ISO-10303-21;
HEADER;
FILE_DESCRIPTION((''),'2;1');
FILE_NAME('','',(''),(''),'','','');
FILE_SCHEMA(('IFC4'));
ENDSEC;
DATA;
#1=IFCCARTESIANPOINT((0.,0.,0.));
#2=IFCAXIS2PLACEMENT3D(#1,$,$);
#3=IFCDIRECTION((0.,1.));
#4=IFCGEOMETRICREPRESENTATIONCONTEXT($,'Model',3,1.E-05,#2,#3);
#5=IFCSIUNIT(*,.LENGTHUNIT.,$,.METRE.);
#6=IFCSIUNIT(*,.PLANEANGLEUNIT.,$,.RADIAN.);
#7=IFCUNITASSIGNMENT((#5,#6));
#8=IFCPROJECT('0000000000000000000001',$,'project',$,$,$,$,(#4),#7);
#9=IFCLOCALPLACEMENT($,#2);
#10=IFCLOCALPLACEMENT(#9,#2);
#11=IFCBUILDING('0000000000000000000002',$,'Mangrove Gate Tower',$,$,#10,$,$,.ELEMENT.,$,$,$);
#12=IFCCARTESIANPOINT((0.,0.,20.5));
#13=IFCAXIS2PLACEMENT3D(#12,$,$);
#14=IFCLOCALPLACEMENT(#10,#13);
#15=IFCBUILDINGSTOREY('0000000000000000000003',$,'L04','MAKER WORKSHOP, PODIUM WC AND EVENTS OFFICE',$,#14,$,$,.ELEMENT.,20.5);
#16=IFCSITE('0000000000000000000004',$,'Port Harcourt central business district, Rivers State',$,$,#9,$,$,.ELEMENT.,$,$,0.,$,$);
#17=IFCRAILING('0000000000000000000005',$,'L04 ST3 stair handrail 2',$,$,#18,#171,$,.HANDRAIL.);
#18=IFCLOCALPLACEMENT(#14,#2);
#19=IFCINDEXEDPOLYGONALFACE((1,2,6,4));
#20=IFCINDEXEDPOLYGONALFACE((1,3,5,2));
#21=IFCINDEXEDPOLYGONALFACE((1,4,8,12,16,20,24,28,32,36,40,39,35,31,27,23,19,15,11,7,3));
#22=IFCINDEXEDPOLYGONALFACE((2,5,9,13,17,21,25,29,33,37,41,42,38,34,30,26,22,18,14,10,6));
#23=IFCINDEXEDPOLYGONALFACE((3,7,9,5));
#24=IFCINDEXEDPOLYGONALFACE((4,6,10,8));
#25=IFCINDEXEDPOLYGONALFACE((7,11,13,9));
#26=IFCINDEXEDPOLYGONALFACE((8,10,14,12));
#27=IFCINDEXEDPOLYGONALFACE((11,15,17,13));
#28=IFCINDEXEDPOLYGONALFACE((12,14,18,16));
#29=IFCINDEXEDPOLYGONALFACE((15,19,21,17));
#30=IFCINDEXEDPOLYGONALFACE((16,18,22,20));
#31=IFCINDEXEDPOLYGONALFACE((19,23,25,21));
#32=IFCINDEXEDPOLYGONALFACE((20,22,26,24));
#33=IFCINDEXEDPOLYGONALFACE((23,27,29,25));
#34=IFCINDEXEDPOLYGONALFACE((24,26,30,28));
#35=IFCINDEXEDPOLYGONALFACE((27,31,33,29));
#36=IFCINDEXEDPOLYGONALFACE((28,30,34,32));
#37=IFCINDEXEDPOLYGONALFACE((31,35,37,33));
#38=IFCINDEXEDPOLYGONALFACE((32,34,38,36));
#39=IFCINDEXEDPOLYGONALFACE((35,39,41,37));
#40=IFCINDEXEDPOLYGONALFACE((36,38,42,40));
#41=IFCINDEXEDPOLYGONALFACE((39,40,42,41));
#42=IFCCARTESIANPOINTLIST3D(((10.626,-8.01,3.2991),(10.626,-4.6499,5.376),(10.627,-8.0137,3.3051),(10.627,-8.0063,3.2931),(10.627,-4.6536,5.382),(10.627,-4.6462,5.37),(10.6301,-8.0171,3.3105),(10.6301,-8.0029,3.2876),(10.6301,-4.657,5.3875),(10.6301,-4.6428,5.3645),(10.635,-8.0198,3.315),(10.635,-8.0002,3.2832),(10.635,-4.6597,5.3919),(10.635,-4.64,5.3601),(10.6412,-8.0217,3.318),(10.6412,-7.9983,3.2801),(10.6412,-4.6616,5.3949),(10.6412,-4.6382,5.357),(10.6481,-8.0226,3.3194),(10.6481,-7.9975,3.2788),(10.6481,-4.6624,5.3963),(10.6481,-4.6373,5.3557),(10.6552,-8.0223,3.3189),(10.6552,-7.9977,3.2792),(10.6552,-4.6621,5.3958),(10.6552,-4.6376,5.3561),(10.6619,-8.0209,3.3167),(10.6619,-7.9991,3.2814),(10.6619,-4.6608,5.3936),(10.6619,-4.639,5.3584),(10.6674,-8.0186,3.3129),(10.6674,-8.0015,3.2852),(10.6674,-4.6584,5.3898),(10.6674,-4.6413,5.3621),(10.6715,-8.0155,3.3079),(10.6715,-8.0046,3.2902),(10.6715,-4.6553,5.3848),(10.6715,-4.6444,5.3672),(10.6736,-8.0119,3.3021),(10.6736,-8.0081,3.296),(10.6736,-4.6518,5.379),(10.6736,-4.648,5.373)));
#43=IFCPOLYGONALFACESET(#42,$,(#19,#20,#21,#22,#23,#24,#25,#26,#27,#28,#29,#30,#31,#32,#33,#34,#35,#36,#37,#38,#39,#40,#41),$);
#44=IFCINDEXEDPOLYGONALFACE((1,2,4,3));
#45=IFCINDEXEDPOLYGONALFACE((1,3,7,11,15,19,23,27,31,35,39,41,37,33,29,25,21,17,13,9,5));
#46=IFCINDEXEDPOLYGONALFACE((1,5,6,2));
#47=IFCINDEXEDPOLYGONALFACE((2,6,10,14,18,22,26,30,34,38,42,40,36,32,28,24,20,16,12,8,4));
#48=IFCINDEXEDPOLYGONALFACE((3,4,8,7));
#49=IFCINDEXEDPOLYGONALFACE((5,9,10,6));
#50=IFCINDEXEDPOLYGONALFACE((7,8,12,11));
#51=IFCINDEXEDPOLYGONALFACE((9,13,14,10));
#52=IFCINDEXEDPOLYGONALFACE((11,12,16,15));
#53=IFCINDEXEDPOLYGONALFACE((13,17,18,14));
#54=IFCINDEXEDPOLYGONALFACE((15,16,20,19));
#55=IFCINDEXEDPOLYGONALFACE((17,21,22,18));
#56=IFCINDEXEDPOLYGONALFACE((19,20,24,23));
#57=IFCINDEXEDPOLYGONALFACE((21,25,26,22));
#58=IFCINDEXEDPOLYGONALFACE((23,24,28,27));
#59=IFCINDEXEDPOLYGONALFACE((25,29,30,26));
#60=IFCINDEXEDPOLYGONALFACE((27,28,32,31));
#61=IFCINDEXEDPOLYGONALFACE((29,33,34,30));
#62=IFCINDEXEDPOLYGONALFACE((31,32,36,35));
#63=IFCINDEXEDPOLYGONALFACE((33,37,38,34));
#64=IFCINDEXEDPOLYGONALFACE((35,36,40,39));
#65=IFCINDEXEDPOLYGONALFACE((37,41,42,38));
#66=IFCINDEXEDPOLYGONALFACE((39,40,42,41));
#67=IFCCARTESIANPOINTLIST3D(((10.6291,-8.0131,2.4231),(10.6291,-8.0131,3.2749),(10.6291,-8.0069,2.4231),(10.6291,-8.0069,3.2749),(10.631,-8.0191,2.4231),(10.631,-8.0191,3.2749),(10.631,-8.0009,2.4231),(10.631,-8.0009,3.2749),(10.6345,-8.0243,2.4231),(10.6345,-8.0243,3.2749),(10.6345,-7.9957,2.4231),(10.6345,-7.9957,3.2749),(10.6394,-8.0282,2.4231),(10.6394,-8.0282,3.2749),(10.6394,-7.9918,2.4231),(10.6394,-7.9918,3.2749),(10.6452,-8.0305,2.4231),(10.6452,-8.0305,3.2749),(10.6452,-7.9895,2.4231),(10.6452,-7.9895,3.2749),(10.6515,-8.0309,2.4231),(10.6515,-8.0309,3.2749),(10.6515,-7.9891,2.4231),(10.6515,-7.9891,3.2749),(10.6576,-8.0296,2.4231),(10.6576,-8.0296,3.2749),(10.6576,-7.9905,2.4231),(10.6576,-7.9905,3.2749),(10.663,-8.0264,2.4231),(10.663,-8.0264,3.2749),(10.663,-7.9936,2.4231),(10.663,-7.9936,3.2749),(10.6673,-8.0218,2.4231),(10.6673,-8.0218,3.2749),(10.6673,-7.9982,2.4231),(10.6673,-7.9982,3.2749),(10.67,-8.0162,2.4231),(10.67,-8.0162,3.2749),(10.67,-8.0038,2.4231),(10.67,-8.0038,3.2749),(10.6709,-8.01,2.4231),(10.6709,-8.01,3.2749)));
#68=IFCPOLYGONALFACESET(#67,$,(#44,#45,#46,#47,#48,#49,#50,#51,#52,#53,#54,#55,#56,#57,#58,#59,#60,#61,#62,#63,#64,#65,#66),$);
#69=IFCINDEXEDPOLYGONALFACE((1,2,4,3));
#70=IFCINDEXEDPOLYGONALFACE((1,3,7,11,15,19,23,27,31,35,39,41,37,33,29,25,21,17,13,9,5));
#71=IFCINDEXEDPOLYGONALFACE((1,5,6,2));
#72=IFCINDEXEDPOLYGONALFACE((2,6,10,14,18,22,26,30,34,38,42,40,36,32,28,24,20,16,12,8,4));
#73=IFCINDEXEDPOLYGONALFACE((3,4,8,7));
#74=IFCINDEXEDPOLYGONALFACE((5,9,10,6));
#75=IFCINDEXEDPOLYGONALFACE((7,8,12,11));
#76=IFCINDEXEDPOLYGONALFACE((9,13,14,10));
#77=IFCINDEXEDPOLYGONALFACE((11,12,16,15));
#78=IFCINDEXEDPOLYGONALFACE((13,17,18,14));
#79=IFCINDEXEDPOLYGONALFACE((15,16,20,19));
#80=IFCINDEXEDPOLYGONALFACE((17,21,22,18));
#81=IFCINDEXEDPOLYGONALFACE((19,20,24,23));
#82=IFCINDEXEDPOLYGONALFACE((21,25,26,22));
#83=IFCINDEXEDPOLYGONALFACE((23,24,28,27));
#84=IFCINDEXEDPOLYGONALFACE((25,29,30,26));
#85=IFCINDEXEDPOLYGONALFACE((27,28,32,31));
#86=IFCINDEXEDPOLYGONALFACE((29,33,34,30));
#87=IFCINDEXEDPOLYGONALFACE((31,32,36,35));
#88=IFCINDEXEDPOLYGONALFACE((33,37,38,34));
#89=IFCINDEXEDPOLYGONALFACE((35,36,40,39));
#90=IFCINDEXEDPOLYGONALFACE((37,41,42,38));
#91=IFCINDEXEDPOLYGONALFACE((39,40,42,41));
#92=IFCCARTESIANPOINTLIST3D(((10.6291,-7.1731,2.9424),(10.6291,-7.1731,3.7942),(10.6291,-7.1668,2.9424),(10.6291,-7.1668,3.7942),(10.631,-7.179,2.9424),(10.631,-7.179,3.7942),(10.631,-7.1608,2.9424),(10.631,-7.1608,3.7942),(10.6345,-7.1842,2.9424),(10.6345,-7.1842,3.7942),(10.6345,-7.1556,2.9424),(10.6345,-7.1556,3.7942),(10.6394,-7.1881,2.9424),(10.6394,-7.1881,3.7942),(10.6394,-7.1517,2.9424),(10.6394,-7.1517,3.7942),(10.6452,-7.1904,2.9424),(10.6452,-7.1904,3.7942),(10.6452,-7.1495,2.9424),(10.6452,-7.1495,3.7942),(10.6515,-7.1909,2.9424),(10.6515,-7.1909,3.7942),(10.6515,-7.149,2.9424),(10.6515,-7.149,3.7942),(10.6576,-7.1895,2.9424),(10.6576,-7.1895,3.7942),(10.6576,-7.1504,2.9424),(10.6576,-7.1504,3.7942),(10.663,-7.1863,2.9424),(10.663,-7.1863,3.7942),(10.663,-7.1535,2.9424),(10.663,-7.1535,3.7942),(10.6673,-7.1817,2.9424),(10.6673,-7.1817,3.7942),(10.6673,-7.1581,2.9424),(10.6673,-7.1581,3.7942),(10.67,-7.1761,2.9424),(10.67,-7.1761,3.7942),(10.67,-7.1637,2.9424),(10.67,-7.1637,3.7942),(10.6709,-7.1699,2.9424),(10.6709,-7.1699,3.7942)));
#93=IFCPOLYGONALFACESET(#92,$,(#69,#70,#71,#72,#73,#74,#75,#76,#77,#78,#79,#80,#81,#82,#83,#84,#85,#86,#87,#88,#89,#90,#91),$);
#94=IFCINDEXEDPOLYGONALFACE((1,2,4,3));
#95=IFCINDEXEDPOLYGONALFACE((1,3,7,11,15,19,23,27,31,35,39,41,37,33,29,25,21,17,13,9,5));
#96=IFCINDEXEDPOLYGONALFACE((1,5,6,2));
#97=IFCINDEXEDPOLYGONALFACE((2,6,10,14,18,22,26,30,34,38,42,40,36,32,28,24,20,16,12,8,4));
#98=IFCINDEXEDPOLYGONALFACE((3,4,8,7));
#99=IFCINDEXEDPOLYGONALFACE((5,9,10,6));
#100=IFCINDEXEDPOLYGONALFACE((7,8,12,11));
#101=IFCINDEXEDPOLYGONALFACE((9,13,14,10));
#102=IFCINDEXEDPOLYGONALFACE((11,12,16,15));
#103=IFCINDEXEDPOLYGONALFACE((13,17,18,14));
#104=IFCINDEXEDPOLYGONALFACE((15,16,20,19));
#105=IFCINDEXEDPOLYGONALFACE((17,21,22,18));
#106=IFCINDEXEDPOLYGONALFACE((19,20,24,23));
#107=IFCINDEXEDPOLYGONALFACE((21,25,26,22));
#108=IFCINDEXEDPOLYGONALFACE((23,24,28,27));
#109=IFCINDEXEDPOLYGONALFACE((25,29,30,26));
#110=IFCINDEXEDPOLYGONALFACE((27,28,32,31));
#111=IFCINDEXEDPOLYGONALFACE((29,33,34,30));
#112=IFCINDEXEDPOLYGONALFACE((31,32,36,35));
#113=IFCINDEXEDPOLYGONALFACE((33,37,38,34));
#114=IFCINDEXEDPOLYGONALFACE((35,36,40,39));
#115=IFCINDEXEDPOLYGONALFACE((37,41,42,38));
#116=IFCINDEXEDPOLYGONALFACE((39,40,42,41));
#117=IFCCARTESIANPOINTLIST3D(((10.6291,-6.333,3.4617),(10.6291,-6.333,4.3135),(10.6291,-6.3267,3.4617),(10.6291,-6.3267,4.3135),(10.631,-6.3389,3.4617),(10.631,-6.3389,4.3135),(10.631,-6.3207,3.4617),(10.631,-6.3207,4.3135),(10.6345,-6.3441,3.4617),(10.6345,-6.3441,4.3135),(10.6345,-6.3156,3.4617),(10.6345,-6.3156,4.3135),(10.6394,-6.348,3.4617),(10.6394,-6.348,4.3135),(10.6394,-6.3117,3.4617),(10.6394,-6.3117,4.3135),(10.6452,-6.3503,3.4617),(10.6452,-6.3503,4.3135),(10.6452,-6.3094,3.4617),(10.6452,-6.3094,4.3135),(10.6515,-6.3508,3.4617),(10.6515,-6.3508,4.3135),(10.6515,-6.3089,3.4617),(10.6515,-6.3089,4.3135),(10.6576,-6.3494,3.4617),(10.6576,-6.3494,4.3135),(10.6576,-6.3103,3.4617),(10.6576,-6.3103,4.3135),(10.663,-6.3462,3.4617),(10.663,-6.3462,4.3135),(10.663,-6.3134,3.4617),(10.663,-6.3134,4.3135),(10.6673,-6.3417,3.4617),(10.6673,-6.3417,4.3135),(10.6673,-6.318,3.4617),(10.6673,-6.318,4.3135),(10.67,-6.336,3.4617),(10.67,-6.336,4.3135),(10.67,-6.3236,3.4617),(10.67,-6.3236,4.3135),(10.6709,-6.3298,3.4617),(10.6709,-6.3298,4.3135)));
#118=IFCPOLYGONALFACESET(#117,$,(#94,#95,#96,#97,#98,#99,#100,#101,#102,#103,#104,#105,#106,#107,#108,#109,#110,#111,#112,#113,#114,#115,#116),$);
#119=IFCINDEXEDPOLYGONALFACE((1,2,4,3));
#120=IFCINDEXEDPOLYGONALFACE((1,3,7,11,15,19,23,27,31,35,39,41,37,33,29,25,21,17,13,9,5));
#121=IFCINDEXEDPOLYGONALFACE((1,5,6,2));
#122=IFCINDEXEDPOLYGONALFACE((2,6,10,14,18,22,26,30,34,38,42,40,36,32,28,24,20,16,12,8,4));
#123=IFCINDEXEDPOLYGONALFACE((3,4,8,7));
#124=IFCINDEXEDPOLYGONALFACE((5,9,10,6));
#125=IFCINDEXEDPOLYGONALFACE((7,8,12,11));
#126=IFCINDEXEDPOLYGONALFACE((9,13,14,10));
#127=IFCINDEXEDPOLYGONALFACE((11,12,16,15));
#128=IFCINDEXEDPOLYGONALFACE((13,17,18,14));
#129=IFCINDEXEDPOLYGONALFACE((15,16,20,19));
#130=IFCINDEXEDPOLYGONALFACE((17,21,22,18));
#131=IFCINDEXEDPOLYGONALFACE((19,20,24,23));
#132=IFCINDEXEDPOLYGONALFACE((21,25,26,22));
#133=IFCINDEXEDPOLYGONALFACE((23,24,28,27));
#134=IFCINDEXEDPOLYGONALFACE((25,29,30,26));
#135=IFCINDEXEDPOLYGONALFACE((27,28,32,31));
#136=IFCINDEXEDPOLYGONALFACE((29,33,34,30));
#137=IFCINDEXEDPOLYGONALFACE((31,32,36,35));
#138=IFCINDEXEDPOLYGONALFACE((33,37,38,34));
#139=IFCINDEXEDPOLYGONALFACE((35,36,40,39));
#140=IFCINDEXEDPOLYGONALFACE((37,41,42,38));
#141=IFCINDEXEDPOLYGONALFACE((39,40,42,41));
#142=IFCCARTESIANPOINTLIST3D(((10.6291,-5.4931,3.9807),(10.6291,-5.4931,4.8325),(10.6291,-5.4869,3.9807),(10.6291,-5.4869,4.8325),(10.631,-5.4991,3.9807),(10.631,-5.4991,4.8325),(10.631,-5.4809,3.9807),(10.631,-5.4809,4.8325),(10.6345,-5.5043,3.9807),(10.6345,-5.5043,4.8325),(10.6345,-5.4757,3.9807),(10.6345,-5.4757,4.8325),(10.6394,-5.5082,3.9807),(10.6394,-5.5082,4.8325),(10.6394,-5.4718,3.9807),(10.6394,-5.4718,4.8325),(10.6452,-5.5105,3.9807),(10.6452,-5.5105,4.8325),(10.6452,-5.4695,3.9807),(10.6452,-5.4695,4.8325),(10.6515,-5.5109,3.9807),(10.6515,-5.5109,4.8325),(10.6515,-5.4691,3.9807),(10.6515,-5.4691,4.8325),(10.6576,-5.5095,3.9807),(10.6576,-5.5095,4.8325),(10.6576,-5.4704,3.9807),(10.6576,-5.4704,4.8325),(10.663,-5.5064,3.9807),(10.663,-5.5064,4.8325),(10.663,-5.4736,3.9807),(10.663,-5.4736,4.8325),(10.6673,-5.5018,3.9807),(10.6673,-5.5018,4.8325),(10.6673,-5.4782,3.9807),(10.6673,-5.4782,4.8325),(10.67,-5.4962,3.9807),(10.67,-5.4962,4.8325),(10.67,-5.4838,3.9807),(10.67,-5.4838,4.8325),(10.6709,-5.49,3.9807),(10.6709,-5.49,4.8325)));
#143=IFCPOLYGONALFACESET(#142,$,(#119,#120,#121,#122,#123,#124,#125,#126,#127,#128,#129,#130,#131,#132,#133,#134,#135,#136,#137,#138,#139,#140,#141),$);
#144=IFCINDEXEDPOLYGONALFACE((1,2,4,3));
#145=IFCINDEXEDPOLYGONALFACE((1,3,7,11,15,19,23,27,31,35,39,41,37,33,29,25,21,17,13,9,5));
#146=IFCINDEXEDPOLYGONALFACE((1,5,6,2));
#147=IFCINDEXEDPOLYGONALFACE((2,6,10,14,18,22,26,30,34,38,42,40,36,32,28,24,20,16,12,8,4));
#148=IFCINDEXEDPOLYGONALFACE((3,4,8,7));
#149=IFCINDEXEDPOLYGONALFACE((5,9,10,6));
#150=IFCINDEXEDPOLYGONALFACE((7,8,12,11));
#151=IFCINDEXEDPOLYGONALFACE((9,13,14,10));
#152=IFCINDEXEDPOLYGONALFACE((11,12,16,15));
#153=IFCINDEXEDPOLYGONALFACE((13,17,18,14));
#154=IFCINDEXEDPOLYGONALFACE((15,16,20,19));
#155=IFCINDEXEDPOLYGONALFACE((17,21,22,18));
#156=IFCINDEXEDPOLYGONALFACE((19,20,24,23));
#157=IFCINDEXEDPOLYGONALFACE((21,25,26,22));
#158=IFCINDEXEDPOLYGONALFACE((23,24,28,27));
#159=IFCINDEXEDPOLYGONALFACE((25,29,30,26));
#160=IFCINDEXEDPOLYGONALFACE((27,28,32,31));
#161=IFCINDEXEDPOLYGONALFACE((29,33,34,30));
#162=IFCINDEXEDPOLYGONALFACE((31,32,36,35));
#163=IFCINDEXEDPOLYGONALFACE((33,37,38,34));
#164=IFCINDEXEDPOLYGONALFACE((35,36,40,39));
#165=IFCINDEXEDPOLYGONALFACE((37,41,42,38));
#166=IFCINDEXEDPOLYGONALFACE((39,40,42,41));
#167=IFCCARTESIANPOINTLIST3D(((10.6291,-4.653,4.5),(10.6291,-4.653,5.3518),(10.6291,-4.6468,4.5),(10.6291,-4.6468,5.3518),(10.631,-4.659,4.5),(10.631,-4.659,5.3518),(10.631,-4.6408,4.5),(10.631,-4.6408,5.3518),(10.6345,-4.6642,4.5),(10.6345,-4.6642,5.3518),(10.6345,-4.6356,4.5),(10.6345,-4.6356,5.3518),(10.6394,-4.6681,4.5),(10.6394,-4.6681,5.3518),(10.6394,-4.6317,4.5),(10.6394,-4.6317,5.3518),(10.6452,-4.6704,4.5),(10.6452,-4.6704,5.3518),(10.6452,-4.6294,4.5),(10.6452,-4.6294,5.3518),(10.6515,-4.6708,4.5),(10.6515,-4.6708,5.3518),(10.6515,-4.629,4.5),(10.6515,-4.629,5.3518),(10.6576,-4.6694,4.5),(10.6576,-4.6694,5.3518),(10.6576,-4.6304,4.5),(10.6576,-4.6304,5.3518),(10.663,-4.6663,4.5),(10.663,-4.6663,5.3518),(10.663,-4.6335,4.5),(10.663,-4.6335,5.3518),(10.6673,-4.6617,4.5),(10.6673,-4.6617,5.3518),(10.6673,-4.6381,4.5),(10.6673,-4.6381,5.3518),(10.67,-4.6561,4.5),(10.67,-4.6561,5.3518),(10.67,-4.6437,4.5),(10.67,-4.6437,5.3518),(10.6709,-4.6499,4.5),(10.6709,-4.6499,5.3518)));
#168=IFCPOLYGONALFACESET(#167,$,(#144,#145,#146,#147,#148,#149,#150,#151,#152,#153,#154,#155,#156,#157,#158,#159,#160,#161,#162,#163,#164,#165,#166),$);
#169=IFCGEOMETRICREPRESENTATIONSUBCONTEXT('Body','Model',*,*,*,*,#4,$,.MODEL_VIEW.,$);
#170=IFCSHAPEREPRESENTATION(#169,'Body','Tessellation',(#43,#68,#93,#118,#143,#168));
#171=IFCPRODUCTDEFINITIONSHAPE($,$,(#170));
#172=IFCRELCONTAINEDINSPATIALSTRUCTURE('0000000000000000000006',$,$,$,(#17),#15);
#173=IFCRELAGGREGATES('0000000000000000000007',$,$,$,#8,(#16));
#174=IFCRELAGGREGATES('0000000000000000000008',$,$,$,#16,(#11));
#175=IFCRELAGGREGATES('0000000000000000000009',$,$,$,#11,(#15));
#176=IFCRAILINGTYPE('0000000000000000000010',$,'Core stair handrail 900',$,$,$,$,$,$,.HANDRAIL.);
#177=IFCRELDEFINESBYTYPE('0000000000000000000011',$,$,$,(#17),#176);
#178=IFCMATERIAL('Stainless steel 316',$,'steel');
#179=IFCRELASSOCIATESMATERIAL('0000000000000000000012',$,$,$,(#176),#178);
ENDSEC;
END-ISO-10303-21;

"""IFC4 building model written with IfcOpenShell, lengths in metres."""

from ifc_helpers import new_model, si_unit, direction, frame, origin, origin_2d, place, context, subcontext, project, spatial, circle, extrude, material, type_object, element, save


model = new_model("IFC4")

# Units and contexts
model_context = context("Model", 3, precision=1e-05, world=origin(), true_north=direction((0.0, 1.0)))
body_context = subcontext(model_context, "Body", "Model", "MODEL_VIEW")
ifc_project = project(units=[si_unit("LENGTHUNIT", "METRE"), si_unit("PLANEANGLEUNIT", "RADIAN")], contexts=[model_context])

# Site, building, storey
site_placement = place(None, origin())
site = spatial("IfcSite", under=ifc_project, at=site_placement, Name="Port Harcourt central business district, Rivers State", CompositionType="ELEMENT", RefElevation=0.0)
building_placement = place(site_placement, origin())
building = spatial("IfcBuilding", under=site, at=building_placement, Name="Mangrove Gate Tower", CompositionType="ELEMENT")
storey_placement = place(building_placement, frame((0.0, 0.0, 20.5)))
storey = spatial("IfcBuildingStorey", under=building, at=storey_placement, Name="L04", Description="MAKER WORKSHOP, PODIUM WC AND EVENTS OFFICE", CompositionType="ELEMENT", Elevation=20.5)

# Railing
ifc_material_1 = material(Name="Stainless steel 316", Category="steel")
railing_type_1 = type_object("IfcRailingType", Name="Core stair handrail 900", PredefinedType="HANDRAIL", material=ifc_material_1)
railing_1_placement = place(storey_placement, frame((10.6499, -8.01, 2.4231)))
element("IfcRailing", 1, at=railing_1_placement, inside=storey, type_object=railing_type_1, Name="L04 ST3 stair handrail 2", PredefinedType="HANDRAIL", context=body_context, shape_type="SweptSolid", body=[
    extrude(circle(Radius=0.0239, at=origin_2d()), frame((0.0, 0.0, 0.876), z_axis=(0.0, 0.850623, 0.525776), x_axis=(-1.0, 0.0, 0.0)), (0.0, 0.0, 1.0), 3.9502),
    extrude(circle(Radius=0.021, at=origin_2d()), origin(), (0.0, 0.0, 1.0), 0.8518),
    extrude(circle(Radius=0.021, at=origin_2d()), frame((0.0, 0.8401, 0.5193)), (0.0, 0.0, 1.0), 0.8518),
    extrude(circle(Radius=0.021, at=origin_2d()), frame((0.0, 1.6802, 1.0386)), (0.0, 0.0, 1.0), 0.8518),
    extrude(circle(Radius=0.021, at=origin_2d()), frame((0.0, 2.52, 1.5576)), (0.0, 0.0, 1.0), 0.8518),
    extrude(circle(Radius=0.021, at=origin_2d()), frame((0.0, 3.3601, 2.0769)), (0.0, 0.0, 1.0), 0.8518),
])

save(model, "model.ifc")
